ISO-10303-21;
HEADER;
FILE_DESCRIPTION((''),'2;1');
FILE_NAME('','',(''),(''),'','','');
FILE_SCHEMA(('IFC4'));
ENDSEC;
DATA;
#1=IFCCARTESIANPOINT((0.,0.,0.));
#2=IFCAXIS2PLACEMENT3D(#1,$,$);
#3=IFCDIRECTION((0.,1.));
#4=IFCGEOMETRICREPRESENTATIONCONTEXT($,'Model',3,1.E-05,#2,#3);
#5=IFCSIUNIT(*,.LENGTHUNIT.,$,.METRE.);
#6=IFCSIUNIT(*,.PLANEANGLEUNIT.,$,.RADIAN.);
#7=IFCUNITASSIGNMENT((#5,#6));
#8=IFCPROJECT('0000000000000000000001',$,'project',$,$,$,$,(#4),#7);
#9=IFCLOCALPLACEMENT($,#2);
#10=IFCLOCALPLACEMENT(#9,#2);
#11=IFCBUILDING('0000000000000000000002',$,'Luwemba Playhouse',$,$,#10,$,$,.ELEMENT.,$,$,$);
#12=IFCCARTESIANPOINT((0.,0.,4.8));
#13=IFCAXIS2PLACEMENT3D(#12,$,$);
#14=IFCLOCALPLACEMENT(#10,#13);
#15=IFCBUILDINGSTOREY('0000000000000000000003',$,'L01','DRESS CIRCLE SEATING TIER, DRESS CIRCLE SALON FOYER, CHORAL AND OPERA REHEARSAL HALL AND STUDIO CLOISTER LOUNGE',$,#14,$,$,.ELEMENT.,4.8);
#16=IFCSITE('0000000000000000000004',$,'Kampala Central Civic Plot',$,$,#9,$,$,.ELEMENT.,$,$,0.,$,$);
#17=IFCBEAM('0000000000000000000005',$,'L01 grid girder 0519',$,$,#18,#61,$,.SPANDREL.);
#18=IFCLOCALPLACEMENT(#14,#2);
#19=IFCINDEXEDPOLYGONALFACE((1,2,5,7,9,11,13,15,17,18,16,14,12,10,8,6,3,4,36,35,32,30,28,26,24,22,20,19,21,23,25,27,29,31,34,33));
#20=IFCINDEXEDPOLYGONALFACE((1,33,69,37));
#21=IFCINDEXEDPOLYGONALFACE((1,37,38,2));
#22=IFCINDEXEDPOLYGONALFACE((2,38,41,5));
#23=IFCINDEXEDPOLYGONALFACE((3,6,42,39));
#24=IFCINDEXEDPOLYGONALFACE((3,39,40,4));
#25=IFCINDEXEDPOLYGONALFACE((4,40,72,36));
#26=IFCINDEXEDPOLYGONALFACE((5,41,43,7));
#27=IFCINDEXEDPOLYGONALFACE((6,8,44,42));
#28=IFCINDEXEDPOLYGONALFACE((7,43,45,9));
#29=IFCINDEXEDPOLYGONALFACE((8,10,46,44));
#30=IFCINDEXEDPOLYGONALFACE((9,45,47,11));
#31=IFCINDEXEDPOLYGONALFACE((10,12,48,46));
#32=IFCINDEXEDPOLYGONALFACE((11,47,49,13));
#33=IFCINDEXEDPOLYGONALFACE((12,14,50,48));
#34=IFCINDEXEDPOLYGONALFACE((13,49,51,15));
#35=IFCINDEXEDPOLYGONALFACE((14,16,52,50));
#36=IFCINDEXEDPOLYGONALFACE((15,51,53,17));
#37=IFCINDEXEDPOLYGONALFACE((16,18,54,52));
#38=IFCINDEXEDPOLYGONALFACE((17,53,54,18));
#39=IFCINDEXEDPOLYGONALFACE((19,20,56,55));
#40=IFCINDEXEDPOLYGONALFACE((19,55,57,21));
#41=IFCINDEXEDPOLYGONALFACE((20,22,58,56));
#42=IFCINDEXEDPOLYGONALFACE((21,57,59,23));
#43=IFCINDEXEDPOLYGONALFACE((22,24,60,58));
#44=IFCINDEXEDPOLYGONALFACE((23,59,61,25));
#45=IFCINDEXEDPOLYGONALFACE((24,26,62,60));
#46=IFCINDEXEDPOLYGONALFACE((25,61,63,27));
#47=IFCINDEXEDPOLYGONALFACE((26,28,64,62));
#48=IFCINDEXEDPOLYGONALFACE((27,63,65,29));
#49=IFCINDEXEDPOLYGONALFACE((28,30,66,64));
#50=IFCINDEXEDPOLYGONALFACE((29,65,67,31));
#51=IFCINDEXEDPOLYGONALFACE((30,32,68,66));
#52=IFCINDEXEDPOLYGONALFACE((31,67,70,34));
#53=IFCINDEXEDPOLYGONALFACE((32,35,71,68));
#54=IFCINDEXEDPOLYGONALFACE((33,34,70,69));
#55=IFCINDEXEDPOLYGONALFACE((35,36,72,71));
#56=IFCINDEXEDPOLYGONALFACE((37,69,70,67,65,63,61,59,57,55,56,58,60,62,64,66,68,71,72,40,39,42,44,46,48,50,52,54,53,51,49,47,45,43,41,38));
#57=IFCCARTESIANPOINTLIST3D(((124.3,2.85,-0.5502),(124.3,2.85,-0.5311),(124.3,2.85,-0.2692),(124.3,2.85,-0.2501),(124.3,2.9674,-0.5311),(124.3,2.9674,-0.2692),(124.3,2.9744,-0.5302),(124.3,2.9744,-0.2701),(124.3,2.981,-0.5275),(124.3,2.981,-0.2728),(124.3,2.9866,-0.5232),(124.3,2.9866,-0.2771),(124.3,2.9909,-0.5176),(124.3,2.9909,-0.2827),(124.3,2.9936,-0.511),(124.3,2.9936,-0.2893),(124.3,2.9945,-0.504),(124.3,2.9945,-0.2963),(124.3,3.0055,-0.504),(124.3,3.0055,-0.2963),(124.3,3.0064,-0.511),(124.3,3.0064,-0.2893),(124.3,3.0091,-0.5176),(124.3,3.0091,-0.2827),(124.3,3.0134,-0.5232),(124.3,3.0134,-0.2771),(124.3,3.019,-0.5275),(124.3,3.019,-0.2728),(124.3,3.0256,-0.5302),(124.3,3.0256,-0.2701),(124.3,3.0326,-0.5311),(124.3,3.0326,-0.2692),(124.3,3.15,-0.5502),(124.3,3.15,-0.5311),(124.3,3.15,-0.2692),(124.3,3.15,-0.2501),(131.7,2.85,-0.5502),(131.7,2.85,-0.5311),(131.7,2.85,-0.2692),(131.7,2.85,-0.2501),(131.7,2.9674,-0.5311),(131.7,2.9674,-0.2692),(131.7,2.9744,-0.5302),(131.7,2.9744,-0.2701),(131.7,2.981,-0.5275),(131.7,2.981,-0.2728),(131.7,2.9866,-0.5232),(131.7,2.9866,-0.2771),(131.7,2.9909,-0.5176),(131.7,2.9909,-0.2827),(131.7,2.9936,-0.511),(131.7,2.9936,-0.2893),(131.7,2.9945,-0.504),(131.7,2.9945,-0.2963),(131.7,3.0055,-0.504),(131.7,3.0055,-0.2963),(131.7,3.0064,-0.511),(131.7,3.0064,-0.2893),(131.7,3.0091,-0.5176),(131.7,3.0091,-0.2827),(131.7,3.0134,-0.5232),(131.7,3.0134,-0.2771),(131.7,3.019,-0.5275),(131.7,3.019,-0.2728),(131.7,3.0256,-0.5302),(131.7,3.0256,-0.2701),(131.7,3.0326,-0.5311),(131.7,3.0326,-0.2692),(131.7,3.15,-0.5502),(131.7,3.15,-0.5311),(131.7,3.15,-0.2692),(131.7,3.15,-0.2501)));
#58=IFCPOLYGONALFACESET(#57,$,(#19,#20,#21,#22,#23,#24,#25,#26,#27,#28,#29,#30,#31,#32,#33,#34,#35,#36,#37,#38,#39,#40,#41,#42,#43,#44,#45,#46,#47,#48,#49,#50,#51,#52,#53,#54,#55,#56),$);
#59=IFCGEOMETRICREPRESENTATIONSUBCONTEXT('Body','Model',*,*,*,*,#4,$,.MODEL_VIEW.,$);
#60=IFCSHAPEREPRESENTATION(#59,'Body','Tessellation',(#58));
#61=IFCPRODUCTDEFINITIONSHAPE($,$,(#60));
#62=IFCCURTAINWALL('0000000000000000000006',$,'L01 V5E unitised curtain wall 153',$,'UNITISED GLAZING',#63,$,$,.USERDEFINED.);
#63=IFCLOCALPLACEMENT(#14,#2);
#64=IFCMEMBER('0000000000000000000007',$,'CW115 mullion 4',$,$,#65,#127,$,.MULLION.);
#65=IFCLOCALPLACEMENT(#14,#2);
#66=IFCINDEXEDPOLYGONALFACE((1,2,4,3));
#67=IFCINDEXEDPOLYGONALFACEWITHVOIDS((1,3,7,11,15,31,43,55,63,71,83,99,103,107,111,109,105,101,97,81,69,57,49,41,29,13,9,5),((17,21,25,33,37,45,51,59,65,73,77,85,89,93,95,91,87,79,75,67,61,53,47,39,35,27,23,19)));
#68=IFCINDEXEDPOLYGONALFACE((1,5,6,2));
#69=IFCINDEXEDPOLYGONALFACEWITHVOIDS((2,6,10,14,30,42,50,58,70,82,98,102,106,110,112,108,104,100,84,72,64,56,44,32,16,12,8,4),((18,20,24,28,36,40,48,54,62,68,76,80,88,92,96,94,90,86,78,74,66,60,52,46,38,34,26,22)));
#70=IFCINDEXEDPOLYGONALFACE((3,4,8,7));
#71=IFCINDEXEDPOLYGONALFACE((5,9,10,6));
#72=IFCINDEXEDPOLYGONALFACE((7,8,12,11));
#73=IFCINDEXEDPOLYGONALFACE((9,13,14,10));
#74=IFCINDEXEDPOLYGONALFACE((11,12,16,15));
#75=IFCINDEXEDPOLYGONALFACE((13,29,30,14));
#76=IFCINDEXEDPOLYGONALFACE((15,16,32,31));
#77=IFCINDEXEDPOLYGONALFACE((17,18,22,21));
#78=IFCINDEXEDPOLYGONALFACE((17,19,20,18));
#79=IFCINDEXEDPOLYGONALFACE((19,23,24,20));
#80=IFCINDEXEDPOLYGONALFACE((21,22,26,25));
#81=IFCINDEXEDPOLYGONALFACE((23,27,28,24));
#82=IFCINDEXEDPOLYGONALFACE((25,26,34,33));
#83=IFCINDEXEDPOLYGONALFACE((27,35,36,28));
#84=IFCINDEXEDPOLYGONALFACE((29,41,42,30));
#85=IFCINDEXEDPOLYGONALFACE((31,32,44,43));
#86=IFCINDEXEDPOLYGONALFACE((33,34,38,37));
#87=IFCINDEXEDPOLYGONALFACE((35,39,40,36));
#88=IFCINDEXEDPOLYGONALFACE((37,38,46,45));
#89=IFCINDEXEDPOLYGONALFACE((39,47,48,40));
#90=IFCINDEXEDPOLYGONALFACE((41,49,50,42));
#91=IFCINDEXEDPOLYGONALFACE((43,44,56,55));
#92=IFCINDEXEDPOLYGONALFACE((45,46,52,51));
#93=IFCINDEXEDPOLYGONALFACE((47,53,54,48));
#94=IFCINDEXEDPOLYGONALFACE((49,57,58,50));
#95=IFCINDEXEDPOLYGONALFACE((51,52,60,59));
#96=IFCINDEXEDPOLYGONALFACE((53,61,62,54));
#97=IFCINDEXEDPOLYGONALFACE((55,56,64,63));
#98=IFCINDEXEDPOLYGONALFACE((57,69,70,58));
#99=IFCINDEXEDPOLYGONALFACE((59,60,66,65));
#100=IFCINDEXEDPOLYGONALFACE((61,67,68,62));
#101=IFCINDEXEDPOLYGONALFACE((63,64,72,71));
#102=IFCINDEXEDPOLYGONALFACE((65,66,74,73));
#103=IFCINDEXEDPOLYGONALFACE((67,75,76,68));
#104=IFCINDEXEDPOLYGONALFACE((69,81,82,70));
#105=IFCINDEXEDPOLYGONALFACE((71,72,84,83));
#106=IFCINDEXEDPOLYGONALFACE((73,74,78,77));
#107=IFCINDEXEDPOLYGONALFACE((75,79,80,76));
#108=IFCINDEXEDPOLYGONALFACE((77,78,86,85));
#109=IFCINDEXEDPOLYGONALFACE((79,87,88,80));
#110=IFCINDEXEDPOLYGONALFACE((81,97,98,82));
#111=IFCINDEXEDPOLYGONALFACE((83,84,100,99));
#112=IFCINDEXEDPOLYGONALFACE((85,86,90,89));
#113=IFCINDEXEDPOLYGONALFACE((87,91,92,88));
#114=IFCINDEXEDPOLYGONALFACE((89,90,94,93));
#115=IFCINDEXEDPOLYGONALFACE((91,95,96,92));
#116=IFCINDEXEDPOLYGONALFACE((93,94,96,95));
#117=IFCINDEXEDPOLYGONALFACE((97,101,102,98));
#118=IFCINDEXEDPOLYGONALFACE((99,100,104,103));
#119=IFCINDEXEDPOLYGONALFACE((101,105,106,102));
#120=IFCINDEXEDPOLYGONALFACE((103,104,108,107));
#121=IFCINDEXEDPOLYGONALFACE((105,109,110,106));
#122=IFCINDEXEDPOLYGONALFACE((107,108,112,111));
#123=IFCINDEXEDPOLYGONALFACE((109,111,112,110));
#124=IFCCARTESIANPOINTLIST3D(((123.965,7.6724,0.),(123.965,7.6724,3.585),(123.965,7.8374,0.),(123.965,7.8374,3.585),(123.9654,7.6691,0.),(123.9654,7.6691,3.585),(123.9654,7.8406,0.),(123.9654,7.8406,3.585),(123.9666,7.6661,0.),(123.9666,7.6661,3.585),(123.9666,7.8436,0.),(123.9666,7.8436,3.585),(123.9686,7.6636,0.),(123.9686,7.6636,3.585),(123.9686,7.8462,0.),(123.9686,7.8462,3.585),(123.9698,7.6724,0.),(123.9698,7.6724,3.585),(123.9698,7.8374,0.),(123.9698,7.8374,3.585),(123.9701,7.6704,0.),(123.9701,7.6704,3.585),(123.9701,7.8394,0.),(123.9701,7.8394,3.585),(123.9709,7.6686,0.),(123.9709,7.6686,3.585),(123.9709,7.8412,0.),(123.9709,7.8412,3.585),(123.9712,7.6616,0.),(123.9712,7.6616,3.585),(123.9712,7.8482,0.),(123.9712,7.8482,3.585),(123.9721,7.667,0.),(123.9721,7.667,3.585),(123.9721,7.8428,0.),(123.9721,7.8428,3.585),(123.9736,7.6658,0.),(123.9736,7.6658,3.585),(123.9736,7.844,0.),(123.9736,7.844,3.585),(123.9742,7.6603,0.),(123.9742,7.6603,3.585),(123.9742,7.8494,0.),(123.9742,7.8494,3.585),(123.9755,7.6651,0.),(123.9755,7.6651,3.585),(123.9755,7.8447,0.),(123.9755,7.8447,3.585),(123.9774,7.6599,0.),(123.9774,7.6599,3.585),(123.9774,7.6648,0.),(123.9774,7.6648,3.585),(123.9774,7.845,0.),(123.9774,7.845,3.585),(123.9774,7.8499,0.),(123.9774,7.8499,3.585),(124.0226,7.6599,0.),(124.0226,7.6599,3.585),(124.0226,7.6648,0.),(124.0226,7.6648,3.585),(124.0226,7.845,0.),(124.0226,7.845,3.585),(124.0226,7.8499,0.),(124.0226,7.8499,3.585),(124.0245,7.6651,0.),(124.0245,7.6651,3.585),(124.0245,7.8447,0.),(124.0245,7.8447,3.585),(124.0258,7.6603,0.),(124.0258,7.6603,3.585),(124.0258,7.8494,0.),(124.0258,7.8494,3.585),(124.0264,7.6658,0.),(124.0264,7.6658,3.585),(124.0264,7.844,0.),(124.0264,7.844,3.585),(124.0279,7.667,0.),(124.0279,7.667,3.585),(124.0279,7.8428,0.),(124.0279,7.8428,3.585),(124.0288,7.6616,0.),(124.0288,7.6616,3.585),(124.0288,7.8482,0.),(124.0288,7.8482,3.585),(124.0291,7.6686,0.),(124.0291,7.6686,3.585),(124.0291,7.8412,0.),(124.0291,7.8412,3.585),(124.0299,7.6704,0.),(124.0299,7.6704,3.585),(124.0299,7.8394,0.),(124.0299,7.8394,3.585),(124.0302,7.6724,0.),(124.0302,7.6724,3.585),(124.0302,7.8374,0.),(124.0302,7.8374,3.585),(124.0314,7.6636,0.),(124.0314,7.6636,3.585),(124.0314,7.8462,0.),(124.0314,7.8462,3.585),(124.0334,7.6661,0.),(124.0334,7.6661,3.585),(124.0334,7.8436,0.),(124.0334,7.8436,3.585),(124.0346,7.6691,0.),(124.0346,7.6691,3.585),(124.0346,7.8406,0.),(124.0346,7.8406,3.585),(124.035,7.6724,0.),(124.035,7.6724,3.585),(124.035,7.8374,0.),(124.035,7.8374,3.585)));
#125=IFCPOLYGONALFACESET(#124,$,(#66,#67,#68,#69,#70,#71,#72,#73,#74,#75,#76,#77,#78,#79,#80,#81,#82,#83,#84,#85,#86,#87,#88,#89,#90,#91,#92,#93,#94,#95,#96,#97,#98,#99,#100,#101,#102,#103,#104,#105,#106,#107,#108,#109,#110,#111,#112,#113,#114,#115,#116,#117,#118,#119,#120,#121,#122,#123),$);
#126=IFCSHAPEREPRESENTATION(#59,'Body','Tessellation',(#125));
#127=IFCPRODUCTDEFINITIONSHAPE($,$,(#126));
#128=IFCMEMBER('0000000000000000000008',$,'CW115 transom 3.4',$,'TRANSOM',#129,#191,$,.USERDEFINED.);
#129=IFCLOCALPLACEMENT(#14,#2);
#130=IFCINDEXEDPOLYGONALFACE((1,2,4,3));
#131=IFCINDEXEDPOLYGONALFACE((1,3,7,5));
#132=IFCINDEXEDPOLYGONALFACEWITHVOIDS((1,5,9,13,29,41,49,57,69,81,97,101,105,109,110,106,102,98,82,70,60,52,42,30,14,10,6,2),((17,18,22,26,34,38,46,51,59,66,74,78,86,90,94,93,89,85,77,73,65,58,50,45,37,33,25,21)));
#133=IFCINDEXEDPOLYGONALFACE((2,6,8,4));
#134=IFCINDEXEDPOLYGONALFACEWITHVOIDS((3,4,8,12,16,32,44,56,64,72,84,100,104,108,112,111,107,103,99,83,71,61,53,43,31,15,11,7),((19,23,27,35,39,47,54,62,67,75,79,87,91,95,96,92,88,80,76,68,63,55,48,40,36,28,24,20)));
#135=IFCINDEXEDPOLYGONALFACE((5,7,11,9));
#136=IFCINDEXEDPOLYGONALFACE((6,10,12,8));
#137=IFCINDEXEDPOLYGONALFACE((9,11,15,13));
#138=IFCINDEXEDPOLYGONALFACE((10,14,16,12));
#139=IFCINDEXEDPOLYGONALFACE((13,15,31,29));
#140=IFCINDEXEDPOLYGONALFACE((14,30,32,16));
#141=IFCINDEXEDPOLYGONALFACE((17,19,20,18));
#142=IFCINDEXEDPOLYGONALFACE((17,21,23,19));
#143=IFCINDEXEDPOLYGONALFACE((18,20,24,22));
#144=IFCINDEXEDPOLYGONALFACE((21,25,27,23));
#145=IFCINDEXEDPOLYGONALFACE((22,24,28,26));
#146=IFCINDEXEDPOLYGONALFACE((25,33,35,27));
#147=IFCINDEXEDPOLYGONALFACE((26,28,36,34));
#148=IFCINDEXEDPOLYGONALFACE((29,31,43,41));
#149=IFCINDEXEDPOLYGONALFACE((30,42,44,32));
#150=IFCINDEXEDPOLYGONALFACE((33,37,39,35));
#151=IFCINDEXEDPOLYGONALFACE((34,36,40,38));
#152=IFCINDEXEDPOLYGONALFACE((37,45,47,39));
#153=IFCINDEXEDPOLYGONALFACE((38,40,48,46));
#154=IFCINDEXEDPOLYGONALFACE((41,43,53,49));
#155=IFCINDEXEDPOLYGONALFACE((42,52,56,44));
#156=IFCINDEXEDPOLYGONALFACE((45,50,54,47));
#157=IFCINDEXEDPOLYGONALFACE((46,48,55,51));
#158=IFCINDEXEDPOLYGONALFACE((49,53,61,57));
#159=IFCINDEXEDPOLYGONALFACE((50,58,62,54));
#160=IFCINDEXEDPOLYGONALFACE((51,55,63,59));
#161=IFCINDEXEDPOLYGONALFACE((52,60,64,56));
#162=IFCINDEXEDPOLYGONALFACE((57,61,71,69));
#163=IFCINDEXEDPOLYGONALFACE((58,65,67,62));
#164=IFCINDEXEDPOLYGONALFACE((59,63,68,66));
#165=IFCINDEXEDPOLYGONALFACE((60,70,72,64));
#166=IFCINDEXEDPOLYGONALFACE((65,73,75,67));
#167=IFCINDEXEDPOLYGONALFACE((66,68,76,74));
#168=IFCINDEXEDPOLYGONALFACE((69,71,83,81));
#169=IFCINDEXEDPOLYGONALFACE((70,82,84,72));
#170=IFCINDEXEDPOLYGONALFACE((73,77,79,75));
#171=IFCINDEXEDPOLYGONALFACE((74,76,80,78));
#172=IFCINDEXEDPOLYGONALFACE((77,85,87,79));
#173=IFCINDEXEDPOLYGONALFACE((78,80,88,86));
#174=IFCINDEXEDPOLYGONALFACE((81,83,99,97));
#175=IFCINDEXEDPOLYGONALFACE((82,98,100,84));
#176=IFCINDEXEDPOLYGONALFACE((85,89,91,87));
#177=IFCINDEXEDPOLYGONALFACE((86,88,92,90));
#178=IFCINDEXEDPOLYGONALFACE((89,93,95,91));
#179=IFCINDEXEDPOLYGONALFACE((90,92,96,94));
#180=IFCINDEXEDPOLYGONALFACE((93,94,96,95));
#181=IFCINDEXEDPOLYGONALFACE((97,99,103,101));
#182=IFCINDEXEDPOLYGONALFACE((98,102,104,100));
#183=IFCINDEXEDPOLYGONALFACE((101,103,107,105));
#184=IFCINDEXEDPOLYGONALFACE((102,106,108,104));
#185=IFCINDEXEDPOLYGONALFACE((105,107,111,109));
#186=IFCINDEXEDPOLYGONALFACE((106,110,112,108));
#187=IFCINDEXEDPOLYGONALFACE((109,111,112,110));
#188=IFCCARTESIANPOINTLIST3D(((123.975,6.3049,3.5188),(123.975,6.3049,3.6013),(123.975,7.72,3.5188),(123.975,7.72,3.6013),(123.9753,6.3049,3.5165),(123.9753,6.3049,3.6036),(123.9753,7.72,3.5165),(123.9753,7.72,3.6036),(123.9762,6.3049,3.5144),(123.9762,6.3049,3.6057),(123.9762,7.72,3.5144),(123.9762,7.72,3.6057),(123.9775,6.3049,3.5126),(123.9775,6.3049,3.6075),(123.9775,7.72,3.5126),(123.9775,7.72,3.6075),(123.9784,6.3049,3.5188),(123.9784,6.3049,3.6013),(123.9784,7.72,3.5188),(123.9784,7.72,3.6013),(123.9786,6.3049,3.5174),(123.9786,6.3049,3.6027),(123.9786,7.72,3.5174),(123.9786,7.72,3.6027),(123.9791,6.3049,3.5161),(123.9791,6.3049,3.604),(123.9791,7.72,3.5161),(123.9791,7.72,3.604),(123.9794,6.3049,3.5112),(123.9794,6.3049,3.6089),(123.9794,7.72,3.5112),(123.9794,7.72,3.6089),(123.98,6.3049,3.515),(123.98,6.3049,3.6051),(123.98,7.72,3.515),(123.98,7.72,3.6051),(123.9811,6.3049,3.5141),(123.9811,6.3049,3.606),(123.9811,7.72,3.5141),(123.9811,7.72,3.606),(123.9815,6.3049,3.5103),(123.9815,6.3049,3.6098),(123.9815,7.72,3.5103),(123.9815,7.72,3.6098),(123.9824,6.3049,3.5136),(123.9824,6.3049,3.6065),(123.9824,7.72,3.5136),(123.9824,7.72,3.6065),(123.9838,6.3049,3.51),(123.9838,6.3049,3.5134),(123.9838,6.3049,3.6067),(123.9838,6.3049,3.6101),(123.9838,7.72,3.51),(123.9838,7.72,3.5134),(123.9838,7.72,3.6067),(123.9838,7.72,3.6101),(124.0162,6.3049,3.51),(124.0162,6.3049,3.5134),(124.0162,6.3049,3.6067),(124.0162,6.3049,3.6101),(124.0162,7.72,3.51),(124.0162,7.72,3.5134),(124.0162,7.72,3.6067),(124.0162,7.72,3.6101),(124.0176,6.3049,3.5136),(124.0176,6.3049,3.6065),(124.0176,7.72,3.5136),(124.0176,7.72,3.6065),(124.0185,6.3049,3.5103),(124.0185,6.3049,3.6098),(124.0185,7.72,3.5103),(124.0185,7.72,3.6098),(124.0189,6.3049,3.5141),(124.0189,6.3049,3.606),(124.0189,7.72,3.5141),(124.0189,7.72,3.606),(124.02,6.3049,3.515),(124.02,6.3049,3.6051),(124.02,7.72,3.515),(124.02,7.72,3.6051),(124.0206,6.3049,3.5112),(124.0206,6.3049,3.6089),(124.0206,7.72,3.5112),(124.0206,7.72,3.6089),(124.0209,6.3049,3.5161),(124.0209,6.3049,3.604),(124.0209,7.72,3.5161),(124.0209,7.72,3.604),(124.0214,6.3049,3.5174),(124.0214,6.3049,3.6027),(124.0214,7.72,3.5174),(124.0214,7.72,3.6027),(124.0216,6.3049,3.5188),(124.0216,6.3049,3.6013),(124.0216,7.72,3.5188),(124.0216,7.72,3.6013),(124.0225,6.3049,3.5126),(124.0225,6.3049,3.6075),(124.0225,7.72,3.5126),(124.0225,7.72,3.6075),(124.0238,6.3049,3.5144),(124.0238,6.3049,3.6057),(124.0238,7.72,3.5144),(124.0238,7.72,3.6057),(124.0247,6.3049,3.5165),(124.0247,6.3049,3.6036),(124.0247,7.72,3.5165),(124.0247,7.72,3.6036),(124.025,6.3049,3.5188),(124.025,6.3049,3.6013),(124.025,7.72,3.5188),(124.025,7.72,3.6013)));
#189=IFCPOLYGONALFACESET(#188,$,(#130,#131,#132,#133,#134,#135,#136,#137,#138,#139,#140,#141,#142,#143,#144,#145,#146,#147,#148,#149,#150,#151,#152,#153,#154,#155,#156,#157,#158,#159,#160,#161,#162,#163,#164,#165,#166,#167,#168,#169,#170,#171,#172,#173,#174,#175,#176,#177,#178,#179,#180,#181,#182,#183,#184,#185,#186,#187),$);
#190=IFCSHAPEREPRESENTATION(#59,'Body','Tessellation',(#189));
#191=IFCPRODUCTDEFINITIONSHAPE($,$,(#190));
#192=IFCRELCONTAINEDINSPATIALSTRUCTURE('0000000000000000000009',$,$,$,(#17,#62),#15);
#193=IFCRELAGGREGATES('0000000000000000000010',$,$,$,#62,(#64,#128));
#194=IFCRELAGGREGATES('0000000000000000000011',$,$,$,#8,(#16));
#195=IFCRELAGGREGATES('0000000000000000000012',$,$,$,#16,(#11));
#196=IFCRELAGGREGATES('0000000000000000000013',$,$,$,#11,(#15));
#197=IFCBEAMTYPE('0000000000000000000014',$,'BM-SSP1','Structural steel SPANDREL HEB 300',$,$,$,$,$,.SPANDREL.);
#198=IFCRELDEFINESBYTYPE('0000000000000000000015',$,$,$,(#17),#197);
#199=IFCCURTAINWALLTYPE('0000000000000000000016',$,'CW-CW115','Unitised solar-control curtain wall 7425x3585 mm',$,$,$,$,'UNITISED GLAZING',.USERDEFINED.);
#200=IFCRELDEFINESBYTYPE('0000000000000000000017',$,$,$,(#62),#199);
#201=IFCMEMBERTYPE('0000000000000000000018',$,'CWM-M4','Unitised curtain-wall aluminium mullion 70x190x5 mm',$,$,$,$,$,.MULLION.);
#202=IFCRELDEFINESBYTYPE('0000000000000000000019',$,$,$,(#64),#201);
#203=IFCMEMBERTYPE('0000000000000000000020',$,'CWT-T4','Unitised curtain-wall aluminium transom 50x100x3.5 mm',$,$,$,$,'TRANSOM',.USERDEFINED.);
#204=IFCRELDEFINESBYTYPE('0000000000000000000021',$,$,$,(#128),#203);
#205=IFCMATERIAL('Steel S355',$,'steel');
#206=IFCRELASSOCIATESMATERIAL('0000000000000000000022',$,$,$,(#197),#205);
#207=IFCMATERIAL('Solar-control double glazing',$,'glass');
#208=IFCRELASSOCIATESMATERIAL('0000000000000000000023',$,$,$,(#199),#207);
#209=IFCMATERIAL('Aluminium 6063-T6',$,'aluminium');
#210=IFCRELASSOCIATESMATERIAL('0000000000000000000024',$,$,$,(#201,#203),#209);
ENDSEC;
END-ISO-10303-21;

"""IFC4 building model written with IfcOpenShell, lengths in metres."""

from ifc_helpers import new_model, si_unit, direction, frame, origin, origin_2d, place, context, subcontext, project, spatial, hollow_rectangle, i_section, extrude, material, material_profile, profile_set, type_object, element, aggregate, save


model = new_model("IFC4")

# Units and contexts
model_context = context("Model", 3, precision=1e-05, world=origin(), true_north=direction((0.0, 1.0)))
body_context = subcontext(model_context, "Body", "Model", "MODEL_VIEW")
ifc_project = project(units=[si_unit("LENGTHUNIT", "METRE"), si_unit("PLANEANGLEUNIT", "RADIAN")], contexts=[model_context])

# Site, building, storey
site_placement = place(None, origin())
site = spatial("IfcSite", under=ifc_project, at=site_placement, Name="Kampala Central Civic Plot", CompositionType="ELEMENT", RefElevation=0.0)
building_placement = place(site_placement, origin())
building = spatial("IfcBuilding", under=site, at=building_placement, Name="Luwemba Playhouse", CompositionType="ELEMENT")
storey_placement = place(building_placement, frame((0.0, 0.0, 4.8)))
storey = spatial("IfcBuildingStorey", under=building, at=storey_placement, Name="L01", Description="DRESS CIRCLE SEATING TIER, DRESS CIRCLE SALON FOYER, CHORAL AND OPERA REHEARSAL HALL AND STUDIO CLOISTER LOUNGE", CompositionType="ELEMENT", Elevation=4.8)

# Beam
ifc_material_1 = material(Name="Steel S355", Category="steel")
ifc_material_profile_1 = material_profile(ifc_material_1, i_section(OverallWidth=0.3, OverallDepth=0.3, WebThickness=0.011, FlangeThickness=0.019, FilletRadius=0.0271, at=origin_2d()))
ifc_profile_set_1 = profile_set([ifc_material_profile_1], Name="Steel S355")
beam_type_1 = type_object("IfcBeamType", Name="BM-SSP1", Description="Structural steel SPANDREL HEB 300", PredefinedType="SPANDREL", material=ifc_profile_set_1)
beam_1_placement = place(storey_placement, frame((124.3, 3.0, -0.4001), z_axis=(1.0, 0.0, 0.0), x_axis=(0.0, 1.0, 0.0)))
element("IfcBeam", 1, at=beam_1_placement, inside=storey, type_object=beam_type_1, Name="L01 grid girder 0519", PredefinedType="SPANDREL", context=body_context, shape_type="SweptSolid", body=[
    extrude(i_section(OverallWidth=0.3, OverallDepth=0.3, WebThickness=0.011, FlangeThickness=0.019, FilletRadius=0.0271, at=origin_2d()), origin(), (0.0, 0.0, 1.0), 7.3999),
])

# Curtain wall, members
ifc_material_2 = material(Name="Solar-control double glazing", Category="glass")
curtain_wall_type = type_object("IfcCurtainWallType", Name="CW-CW115", Description="Unitised solar-control curtain wall 7425x3585 mm", ElementType="UNITISED GLAZING", PredefinedType="USERDEFINED", material=ifc_material_2)
curtain_wall_placement = place(storey_placement, origin())
curtain_wall = element("IfcCurtainWall", 2, at=curtain_wall_placement, inside=storey, type_object=curtain_wall_type, Name="L01 V5E unitised curtain wall 153", ObjectType="UNITISED GLAZING", PredefinedType="USERDEFINED")
ifc_material_3 = material(Name="Aluminium 6063-T6", Category="aluminium")
ifc_material_profile_2 = material_profile(ifc_material_3, hollow_rectangle(XDim=0.0701, YDim=0.1899, WallThickness=0.0049, InnerFilletRadius=0.0076, OuterFilletRadius=0.0125, at=origin_2d()))
ifc_profile_set_2 = profile_set([ifc_material_profile_2], Name="Aluminium 6063-T6")
member_type_1 = type_object("IfcMemberType", Name="CWM-M4", Description="Unitised curtain-wall aluminium mullion 70x190x5 mm", PredefinedType="MULLION", material=ifc_profile_set_2)
member_1_placement = place(storey_placement, frame((124.0, 7.7549, 0.0), z_axis=(0.0, 0.0, 1.0), x_axis=(-1.0, 0.0, 0.0)))
member_1 = element("IfcMember", 3, at=member_1_placement, type_object=member_type_1, Name="CW115 mullion 4", PredefinedType="MULLION", context=body_context, shape_type="SweptSolid", body=[
    extrude(hollow_rectangle(XDim=0.0701, YDim=0.1899, WallThickness=0.0049, InnerFilletRadius=0.0076, OuterFilletRadius=0.0125, at=origin_2d()), origin(), (0.0, 0.0, 1.0), 3.585),
])
ifc_material_profile_3 = material_profile(ifc_material_3, hollow_rectangle(XDim=0.05, YDim=0.1001, WallThickness=0.0034, InnerFilletRadius=0.0054, OuterFilletRadius=0.0088, at=origin_2d()))
ifc_profile_set_3 = profile_set([ifc_material_profile_3], Name="Aluminium 6063-T6")
member_type_2 = type_object("IfcMemberType", Name="CWT-T4", Description="Unitised curtain-wall aluminium transom 50x100x3.5 mm", ElementType="TRANSOM", PredefinedType="USERDEFINED", material=ifc_profile_set_3)
member_2_placement = place(storey_placement, frame((124.0, 6.3049, 3.5601), z_axis=(0.0, 1.0, 0.0), x_axis=(-1.0, 0.0, 0.0)))
member_2 = element("IfcMember", 4, at=member_2_placement, type_object=member_type_2, Name="CW115 transom 3.4", ObjectType="TRANSOM", PredefinedType="USERDEFINED", context=body_context, shape_type="SweptSolid", body=[
    extrude(hollow_rectangle(XDim=0.05, YDim=0.1001, WallThickness=0.0034, InnerFilletRadius=0.0054, OuterFilletRadius=0.0088, at=origin_2d()), origin(), (0.0, 0.0, 1.0), 1.415),
])

aggregate(curtain_wall, [member_1, member_2])

save(model, "model.ifc")
